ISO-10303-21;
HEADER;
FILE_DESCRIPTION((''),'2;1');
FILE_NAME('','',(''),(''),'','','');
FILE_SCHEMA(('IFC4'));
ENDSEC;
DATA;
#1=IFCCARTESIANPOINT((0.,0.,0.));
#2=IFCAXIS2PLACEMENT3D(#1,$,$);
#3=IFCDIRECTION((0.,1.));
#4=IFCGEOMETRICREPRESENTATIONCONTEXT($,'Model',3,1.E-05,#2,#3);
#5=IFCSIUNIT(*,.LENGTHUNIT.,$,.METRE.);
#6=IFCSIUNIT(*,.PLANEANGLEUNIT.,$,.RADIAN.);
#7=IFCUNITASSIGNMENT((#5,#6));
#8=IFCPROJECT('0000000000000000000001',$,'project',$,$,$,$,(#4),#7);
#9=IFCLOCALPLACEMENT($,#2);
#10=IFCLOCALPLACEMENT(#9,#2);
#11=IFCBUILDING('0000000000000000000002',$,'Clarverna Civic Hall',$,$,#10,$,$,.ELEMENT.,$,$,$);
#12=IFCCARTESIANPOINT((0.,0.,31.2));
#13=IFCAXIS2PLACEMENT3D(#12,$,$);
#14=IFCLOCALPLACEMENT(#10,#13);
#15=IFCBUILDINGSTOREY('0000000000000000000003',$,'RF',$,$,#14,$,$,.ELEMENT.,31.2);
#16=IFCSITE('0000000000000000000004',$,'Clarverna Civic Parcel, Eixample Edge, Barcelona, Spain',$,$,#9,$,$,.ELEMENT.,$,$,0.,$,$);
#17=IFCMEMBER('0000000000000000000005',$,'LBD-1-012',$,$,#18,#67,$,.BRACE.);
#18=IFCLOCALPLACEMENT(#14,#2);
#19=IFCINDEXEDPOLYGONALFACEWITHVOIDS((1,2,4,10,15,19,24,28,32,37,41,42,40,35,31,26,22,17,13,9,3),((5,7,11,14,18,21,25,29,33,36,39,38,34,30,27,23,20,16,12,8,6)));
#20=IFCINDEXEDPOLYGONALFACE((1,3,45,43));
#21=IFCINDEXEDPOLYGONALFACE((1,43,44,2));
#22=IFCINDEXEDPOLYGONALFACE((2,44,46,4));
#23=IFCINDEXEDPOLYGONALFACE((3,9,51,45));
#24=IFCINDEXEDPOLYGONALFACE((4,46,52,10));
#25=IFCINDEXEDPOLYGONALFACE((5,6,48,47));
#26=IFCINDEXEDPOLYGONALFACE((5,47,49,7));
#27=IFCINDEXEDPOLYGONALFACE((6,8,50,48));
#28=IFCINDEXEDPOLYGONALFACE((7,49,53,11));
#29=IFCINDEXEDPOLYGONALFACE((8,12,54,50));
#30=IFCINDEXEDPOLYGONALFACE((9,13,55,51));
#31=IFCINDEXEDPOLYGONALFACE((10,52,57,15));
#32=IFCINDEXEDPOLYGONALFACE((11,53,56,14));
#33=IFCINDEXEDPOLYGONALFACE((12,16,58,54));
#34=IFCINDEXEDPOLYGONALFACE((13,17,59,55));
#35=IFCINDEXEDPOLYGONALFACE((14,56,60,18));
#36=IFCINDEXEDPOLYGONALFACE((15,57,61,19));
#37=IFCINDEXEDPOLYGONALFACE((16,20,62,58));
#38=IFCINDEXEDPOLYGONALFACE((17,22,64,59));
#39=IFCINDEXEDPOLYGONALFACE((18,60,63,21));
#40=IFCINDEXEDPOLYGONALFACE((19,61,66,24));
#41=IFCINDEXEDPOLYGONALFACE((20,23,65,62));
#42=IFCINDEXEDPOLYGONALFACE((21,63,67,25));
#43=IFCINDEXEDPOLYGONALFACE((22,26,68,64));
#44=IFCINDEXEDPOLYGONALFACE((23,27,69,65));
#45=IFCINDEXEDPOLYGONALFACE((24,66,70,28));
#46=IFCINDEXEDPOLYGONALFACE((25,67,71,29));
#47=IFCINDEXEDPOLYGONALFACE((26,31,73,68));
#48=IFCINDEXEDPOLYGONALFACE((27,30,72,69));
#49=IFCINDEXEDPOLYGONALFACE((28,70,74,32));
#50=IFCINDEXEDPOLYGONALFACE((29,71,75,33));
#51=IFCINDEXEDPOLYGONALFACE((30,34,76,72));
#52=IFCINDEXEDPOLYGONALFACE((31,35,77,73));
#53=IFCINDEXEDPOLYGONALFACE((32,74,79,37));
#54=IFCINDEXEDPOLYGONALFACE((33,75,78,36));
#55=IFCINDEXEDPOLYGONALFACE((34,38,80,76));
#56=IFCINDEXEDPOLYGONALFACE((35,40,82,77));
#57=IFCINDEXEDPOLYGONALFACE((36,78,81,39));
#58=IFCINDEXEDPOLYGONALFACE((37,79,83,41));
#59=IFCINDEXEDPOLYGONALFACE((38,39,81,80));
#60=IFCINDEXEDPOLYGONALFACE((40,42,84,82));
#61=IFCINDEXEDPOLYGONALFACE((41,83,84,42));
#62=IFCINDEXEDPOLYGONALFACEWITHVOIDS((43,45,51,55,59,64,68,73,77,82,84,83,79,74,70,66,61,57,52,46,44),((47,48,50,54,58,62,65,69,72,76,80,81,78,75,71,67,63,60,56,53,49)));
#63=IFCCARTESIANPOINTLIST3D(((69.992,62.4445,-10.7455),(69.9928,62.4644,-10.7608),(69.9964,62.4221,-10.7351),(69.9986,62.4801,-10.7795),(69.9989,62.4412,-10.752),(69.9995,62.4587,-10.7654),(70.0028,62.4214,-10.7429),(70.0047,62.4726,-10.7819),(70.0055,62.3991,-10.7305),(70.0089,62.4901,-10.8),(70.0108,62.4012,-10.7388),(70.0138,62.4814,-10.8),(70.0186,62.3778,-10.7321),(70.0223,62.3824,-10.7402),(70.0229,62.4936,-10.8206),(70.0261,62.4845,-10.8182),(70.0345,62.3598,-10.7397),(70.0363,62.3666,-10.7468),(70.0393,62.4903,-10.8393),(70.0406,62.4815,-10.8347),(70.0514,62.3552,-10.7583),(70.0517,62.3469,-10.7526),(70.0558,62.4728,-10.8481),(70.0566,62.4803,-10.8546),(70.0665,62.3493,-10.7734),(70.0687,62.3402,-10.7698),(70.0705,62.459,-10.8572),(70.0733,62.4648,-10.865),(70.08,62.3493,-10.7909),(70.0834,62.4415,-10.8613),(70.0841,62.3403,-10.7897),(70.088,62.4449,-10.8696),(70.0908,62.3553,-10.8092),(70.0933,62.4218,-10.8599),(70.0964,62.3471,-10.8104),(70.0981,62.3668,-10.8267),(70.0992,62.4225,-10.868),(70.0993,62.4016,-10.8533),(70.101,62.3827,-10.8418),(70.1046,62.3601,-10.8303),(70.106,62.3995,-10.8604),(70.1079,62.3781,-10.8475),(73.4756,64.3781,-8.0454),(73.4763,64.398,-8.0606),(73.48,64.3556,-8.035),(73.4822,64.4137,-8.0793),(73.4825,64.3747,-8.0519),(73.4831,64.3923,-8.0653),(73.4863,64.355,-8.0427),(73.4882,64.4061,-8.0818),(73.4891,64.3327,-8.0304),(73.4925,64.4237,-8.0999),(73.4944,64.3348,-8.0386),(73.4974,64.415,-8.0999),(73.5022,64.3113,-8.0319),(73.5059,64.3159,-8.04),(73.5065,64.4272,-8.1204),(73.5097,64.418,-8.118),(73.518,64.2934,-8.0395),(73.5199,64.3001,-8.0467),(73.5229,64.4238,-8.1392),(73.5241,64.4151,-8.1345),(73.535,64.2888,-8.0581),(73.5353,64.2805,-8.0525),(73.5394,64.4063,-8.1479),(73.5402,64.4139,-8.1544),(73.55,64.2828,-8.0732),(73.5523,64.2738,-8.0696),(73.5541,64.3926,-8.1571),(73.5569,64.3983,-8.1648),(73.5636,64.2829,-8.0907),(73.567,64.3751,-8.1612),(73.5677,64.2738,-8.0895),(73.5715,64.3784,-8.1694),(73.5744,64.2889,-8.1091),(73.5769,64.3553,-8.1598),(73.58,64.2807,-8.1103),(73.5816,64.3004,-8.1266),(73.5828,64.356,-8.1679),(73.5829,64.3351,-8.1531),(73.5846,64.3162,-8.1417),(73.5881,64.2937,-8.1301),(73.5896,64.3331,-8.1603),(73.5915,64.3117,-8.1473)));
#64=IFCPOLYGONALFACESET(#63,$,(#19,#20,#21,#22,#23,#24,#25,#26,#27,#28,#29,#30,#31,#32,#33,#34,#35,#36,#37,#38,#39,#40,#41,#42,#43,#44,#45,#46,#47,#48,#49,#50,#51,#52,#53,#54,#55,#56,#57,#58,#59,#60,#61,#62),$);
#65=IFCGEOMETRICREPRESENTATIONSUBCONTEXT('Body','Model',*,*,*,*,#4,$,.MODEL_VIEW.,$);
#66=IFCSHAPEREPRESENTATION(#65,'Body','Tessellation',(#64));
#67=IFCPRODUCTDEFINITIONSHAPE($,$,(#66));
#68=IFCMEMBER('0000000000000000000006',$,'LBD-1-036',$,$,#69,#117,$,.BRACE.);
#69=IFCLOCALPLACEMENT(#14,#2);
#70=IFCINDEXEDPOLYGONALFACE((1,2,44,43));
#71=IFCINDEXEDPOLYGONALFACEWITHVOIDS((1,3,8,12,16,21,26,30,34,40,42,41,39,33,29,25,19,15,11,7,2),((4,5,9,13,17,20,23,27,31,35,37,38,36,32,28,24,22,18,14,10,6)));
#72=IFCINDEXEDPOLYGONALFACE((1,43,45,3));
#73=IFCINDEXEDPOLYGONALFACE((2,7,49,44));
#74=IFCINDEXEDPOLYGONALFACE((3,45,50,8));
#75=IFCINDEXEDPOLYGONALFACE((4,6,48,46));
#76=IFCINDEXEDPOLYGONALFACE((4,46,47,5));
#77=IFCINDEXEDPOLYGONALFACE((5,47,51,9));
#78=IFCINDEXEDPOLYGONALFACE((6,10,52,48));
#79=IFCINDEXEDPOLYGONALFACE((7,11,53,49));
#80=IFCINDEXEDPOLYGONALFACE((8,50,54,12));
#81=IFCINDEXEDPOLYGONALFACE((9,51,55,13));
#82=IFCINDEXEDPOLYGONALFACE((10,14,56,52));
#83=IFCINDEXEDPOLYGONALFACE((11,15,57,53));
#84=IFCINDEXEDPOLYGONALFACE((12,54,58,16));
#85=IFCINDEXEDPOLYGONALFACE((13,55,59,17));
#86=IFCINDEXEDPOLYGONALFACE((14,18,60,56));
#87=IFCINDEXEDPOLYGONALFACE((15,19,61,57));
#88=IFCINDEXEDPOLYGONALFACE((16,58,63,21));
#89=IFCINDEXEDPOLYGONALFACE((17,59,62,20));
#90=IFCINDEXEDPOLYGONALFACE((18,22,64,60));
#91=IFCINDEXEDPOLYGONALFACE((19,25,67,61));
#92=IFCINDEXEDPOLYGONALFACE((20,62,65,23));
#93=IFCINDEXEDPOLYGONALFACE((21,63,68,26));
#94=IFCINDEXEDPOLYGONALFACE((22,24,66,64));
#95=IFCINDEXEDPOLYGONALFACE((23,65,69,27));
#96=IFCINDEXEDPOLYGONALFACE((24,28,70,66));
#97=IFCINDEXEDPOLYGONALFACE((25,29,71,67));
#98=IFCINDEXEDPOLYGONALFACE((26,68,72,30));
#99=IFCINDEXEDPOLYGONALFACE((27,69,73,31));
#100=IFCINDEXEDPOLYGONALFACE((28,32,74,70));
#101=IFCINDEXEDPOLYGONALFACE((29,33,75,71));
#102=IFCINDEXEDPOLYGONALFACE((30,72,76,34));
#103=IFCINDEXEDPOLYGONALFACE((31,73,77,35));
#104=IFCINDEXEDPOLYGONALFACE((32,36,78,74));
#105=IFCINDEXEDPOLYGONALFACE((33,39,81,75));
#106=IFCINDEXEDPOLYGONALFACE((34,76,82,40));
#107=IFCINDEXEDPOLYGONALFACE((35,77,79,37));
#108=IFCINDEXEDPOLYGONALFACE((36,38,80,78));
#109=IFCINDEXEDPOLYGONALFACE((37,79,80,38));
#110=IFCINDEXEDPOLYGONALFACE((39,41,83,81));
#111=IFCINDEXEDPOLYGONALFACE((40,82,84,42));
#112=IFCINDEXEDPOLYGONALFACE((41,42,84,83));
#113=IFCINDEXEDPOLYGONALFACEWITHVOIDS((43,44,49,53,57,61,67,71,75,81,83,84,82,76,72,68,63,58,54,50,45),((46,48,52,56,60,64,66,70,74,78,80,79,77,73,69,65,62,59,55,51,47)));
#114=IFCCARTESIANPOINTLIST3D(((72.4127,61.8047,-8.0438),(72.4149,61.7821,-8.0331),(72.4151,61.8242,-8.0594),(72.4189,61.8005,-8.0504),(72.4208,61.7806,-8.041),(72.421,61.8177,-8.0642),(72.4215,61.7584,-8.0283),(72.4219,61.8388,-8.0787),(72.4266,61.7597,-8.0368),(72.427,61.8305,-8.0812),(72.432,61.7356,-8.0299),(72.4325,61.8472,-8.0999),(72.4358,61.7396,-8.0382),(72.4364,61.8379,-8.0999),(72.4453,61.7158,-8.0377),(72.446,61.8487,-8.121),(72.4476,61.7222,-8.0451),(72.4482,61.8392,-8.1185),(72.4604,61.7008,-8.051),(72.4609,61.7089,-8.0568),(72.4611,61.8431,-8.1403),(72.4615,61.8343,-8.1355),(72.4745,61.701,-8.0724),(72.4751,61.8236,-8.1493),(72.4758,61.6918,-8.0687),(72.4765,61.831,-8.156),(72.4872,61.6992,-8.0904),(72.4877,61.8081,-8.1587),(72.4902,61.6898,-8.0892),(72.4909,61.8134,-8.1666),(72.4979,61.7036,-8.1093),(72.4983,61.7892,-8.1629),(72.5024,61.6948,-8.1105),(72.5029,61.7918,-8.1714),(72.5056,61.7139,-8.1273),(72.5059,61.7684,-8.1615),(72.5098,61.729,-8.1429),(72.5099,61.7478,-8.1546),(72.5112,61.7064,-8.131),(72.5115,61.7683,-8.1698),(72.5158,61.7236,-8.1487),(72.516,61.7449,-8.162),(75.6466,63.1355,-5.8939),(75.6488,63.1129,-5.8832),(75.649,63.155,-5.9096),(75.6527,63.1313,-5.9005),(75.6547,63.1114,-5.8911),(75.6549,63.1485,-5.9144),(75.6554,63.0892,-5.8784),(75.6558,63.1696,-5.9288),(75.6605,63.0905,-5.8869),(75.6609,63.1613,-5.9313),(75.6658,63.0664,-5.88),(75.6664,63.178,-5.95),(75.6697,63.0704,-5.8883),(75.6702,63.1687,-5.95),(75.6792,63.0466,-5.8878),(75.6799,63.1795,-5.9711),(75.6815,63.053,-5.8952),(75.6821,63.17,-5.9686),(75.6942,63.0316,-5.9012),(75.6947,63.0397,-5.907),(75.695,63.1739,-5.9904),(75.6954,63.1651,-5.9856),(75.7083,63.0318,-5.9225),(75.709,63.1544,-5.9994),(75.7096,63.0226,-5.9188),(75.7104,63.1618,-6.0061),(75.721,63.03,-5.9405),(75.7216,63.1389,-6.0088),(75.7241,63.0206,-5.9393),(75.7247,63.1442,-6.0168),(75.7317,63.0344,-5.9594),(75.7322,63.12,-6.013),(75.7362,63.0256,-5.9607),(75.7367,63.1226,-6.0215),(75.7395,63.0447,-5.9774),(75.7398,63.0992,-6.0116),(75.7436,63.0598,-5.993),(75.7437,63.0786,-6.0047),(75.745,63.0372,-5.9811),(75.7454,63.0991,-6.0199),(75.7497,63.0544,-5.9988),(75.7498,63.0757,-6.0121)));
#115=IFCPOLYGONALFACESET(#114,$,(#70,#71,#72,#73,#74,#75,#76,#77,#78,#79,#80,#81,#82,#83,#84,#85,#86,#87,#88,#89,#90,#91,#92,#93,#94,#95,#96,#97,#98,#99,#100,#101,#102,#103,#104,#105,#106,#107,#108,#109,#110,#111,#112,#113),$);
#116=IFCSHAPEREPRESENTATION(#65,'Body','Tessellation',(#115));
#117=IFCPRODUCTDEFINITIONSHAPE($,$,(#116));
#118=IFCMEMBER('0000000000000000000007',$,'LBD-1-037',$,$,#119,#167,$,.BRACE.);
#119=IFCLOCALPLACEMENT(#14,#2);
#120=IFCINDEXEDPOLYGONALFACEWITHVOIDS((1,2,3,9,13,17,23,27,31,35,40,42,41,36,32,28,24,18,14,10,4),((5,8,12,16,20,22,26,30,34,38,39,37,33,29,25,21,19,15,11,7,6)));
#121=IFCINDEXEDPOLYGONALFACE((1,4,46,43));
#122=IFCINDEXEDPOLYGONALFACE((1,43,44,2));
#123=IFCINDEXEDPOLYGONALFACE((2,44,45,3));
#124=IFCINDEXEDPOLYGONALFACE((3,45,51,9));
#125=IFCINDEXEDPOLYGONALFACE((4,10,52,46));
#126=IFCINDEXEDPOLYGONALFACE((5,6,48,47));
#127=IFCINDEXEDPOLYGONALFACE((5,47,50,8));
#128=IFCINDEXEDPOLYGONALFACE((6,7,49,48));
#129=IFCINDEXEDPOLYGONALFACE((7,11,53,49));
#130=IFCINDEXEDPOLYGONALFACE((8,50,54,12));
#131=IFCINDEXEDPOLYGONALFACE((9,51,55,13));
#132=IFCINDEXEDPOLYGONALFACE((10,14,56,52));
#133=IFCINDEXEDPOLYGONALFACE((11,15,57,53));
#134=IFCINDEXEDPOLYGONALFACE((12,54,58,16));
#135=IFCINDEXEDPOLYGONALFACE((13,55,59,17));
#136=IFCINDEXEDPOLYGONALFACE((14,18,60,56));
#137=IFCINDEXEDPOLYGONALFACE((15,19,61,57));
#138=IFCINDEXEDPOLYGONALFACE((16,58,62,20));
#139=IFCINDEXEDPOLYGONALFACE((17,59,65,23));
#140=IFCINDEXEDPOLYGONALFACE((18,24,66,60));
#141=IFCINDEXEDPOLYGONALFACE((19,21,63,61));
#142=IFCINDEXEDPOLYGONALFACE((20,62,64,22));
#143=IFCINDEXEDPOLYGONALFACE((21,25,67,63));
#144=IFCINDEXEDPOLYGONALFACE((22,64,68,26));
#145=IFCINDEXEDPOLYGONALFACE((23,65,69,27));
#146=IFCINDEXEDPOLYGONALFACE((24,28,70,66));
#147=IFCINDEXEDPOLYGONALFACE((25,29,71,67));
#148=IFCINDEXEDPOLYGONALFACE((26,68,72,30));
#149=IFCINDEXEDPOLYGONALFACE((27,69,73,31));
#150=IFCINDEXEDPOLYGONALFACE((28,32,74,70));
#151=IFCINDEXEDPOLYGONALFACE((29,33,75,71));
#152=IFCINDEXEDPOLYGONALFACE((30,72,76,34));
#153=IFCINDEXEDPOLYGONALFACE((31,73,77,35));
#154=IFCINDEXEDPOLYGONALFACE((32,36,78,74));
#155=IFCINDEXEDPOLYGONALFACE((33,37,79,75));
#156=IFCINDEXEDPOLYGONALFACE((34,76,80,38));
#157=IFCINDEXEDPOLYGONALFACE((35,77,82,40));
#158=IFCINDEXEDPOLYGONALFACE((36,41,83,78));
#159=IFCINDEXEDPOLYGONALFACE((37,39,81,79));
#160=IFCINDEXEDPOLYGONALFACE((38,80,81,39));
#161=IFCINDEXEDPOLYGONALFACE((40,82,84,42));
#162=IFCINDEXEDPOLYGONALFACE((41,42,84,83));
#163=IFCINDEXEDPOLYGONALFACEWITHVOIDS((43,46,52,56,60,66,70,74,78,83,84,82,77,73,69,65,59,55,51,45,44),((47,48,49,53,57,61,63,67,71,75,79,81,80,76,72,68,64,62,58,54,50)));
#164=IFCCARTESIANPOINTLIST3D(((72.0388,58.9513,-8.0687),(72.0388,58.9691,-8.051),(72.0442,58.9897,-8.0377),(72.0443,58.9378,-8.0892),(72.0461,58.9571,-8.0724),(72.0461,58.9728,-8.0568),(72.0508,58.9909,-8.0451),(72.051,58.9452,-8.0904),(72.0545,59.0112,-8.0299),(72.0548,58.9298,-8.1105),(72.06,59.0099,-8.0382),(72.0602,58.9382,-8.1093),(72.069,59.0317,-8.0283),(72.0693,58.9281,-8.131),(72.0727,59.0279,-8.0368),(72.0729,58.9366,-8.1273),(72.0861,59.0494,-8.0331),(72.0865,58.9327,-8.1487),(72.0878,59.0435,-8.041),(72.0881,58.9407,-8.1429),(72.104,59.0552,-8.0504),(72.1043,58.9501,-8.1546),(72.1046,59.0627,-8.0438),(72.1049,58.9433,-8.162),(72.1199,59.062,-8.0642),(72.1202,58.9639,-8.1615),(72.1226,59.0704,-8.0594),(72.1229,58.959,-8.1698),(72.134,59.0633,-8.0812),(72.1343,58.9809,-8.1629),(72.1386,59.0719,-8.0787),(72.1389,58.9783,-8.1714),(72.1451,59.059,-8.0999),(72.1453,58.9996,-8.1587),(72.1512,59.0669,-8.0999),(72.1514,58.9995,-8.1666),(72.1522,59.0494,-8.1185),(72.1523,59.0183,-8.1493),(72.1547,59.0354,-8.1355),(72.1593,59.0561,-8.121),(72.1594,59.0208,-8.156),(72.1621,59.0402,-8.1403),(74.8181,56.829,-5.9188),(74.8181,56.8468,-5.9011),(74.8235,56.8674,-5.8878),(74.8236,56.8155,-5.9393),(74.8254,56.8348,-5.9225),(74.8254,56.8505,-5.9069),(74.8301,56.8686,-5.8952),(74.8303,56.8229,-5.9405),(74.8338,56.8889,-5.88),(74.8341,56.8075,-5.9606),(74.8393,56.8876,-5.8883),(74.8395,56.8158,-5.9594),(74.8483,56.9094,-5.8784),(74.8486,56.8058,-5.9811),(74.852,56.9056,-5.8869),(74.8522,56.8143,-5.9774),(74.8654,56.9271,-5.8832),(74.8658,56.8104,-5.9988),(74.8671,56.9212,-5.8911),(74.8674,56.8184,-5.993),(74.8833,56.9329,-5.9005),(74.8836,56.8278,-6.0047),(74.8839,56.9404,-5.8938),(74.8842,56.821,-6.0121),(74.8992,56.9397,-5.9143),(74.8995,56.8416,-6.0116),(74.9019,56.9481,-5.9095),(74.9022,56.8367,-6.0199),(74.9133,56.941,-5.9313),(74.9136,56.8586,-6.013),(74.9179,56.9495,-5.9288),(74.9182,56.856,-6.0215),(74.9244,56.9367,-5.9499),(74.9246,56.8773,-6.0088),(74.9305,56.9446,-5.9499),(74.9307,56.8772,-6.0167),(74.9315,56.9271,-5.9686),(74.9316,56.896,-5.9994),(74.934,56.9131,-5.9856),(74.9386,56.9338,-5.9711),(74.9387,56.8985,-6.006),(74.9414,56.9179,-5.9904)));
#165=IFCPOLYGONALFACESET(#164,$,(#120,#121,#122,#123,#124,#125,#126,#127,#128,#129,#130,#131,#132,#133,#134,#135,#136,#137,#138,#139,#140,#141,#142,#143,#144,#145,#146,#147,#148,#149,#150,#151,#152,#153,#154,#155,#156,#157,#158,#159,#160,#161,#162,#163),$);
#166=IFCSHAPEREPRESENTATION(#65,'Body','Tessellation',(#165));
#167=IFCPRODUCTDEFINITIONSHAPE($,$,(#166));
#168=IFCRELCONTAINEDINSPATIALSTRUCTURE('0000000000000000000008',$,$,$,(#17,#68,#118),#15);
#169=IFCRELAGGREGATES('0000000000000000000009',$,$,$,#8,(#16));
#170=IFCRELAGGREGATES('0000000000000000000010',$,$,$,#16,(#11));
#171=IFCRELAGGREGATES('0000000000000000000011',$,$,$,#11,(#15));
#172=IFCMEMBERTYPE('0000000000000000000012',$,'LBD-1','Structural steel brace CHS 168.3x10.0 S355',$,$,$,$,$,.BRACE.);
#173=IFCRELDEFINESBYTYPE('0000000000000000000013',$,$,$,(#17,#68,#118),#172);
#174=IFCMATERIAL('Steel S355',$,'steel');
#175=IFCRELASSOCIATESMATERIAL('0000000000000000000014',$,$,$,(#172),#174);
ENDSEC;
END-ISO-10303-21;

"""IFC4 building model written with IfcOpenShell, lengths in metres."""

from ifc_helpers import new_model, si_unit, direction, frame, origin, origin_2d, place, context, subcontext, project, spatial, hollow_circle, extrude, material, material_profile, profile_set, type_object, element, save


model = new_model("IFC4")

# Units and contexts
model_context = context("Model", 3, precision=1e-05, world=origin(), true_north=direction((0.0, 1.0)))
body_context = subcontext(model_context, "Body", "Model", "MODEL_VIEW")
ifc_project = project(units=[si_unit("LENGTHUNIT", "METRE"), si_unit("PLANEANGLEUNIT", "RADIAN")], contexts=[model_context])

# Site, building, storey
site_placement = place(None, origin())
site = spatial("IfcSite", under=ifc_project, at=site_placement, Name="Clarverna Civic Parcel, Eixample Edge, Barcelona, Spain", CompositionType="ELEMENT", RefElevation=0.0)
building_placement = place(site_placement, origin())
building = spatial("IfcBuilding", under=site, at=building_placement, Name="Clarverna Civic Hall", CompositionType="ELEMENT")
storey_placement = place(building_placement, frame((0.0, 0.0, 31.2)))
storey = spatial("IfcBuildingStorey", under=building, at=storey_placement, Name="RF", CompositionType="ELEMENT", Elevation=31.2)

# Members
ifc_material_1 = material(Name="Steel S355", Category="steel")
ifc_material_profile_1 = material_profile(ifc_material_1, hollow_circle(Radius=0.0842, WallThickness=0.01, at=origin_2d()), Name="CHS 168.3x10.0")
ifc_profile_set_1 = profile_set([ifc_material_profile_1], Name="Steel S355")
member_type_1 = type_object("IfcMemberType", Name="LBD-1", Description="Structural steel brace CHS 168.3x10.0 S355", PredefinedType="BRACE", material=ifc_profile_set_1)
member_1_placement = place(storey_placement, frame((70.0498, 62.4165, -10.8), z_axis=(0.723789, 0.401738, 0.561014), x_axis=(-0.485305, 0.874345, 0.0)))
element("IfcMember", 1, at=member_1_placement, inside=storey, type_object=member_type_1, Name="LBD-1-012", PredefinedType="BRACE", context=body_context, shape_type="SweptSolid", body=[
    extrude(hollow_circle(Radius=0.0842, WallThickness=0.01, at=origin_2d()), origin(), (0.0, 0.0, 1.0), 4.813),
])
for number, where, z_axis, x_axis, name in (
    (2, (72.4646, 61.7693, -8.0999), (0.787789, 0.324191, 0.523726), (-0.380557, 0.924758, 0.0), "LBD-1-036"),
    (3, (72.1001, 59.0, -8.0999), (0.677056, -0.517011, 0.523731), (0.606903, 0.794776, 0.0), "LBD-1-037"),
):
    element("IfcMember", number, at=place(storey_placement, frame(where, z_axis=z_axis, x_axis=x_axis)), inside=storey, type_object=member_type_1, Name=name, PredefinedType="BRACE", context=body_context, shape_type="SweptSolid", body=[
        extrude(hollow_circle(Radius=0.0842, WallThickness=0.01, at=origin_2d()), origin(), (0.0, 0.0, 1.0), 4.105),
    ])

save(model, "model.ifc")
